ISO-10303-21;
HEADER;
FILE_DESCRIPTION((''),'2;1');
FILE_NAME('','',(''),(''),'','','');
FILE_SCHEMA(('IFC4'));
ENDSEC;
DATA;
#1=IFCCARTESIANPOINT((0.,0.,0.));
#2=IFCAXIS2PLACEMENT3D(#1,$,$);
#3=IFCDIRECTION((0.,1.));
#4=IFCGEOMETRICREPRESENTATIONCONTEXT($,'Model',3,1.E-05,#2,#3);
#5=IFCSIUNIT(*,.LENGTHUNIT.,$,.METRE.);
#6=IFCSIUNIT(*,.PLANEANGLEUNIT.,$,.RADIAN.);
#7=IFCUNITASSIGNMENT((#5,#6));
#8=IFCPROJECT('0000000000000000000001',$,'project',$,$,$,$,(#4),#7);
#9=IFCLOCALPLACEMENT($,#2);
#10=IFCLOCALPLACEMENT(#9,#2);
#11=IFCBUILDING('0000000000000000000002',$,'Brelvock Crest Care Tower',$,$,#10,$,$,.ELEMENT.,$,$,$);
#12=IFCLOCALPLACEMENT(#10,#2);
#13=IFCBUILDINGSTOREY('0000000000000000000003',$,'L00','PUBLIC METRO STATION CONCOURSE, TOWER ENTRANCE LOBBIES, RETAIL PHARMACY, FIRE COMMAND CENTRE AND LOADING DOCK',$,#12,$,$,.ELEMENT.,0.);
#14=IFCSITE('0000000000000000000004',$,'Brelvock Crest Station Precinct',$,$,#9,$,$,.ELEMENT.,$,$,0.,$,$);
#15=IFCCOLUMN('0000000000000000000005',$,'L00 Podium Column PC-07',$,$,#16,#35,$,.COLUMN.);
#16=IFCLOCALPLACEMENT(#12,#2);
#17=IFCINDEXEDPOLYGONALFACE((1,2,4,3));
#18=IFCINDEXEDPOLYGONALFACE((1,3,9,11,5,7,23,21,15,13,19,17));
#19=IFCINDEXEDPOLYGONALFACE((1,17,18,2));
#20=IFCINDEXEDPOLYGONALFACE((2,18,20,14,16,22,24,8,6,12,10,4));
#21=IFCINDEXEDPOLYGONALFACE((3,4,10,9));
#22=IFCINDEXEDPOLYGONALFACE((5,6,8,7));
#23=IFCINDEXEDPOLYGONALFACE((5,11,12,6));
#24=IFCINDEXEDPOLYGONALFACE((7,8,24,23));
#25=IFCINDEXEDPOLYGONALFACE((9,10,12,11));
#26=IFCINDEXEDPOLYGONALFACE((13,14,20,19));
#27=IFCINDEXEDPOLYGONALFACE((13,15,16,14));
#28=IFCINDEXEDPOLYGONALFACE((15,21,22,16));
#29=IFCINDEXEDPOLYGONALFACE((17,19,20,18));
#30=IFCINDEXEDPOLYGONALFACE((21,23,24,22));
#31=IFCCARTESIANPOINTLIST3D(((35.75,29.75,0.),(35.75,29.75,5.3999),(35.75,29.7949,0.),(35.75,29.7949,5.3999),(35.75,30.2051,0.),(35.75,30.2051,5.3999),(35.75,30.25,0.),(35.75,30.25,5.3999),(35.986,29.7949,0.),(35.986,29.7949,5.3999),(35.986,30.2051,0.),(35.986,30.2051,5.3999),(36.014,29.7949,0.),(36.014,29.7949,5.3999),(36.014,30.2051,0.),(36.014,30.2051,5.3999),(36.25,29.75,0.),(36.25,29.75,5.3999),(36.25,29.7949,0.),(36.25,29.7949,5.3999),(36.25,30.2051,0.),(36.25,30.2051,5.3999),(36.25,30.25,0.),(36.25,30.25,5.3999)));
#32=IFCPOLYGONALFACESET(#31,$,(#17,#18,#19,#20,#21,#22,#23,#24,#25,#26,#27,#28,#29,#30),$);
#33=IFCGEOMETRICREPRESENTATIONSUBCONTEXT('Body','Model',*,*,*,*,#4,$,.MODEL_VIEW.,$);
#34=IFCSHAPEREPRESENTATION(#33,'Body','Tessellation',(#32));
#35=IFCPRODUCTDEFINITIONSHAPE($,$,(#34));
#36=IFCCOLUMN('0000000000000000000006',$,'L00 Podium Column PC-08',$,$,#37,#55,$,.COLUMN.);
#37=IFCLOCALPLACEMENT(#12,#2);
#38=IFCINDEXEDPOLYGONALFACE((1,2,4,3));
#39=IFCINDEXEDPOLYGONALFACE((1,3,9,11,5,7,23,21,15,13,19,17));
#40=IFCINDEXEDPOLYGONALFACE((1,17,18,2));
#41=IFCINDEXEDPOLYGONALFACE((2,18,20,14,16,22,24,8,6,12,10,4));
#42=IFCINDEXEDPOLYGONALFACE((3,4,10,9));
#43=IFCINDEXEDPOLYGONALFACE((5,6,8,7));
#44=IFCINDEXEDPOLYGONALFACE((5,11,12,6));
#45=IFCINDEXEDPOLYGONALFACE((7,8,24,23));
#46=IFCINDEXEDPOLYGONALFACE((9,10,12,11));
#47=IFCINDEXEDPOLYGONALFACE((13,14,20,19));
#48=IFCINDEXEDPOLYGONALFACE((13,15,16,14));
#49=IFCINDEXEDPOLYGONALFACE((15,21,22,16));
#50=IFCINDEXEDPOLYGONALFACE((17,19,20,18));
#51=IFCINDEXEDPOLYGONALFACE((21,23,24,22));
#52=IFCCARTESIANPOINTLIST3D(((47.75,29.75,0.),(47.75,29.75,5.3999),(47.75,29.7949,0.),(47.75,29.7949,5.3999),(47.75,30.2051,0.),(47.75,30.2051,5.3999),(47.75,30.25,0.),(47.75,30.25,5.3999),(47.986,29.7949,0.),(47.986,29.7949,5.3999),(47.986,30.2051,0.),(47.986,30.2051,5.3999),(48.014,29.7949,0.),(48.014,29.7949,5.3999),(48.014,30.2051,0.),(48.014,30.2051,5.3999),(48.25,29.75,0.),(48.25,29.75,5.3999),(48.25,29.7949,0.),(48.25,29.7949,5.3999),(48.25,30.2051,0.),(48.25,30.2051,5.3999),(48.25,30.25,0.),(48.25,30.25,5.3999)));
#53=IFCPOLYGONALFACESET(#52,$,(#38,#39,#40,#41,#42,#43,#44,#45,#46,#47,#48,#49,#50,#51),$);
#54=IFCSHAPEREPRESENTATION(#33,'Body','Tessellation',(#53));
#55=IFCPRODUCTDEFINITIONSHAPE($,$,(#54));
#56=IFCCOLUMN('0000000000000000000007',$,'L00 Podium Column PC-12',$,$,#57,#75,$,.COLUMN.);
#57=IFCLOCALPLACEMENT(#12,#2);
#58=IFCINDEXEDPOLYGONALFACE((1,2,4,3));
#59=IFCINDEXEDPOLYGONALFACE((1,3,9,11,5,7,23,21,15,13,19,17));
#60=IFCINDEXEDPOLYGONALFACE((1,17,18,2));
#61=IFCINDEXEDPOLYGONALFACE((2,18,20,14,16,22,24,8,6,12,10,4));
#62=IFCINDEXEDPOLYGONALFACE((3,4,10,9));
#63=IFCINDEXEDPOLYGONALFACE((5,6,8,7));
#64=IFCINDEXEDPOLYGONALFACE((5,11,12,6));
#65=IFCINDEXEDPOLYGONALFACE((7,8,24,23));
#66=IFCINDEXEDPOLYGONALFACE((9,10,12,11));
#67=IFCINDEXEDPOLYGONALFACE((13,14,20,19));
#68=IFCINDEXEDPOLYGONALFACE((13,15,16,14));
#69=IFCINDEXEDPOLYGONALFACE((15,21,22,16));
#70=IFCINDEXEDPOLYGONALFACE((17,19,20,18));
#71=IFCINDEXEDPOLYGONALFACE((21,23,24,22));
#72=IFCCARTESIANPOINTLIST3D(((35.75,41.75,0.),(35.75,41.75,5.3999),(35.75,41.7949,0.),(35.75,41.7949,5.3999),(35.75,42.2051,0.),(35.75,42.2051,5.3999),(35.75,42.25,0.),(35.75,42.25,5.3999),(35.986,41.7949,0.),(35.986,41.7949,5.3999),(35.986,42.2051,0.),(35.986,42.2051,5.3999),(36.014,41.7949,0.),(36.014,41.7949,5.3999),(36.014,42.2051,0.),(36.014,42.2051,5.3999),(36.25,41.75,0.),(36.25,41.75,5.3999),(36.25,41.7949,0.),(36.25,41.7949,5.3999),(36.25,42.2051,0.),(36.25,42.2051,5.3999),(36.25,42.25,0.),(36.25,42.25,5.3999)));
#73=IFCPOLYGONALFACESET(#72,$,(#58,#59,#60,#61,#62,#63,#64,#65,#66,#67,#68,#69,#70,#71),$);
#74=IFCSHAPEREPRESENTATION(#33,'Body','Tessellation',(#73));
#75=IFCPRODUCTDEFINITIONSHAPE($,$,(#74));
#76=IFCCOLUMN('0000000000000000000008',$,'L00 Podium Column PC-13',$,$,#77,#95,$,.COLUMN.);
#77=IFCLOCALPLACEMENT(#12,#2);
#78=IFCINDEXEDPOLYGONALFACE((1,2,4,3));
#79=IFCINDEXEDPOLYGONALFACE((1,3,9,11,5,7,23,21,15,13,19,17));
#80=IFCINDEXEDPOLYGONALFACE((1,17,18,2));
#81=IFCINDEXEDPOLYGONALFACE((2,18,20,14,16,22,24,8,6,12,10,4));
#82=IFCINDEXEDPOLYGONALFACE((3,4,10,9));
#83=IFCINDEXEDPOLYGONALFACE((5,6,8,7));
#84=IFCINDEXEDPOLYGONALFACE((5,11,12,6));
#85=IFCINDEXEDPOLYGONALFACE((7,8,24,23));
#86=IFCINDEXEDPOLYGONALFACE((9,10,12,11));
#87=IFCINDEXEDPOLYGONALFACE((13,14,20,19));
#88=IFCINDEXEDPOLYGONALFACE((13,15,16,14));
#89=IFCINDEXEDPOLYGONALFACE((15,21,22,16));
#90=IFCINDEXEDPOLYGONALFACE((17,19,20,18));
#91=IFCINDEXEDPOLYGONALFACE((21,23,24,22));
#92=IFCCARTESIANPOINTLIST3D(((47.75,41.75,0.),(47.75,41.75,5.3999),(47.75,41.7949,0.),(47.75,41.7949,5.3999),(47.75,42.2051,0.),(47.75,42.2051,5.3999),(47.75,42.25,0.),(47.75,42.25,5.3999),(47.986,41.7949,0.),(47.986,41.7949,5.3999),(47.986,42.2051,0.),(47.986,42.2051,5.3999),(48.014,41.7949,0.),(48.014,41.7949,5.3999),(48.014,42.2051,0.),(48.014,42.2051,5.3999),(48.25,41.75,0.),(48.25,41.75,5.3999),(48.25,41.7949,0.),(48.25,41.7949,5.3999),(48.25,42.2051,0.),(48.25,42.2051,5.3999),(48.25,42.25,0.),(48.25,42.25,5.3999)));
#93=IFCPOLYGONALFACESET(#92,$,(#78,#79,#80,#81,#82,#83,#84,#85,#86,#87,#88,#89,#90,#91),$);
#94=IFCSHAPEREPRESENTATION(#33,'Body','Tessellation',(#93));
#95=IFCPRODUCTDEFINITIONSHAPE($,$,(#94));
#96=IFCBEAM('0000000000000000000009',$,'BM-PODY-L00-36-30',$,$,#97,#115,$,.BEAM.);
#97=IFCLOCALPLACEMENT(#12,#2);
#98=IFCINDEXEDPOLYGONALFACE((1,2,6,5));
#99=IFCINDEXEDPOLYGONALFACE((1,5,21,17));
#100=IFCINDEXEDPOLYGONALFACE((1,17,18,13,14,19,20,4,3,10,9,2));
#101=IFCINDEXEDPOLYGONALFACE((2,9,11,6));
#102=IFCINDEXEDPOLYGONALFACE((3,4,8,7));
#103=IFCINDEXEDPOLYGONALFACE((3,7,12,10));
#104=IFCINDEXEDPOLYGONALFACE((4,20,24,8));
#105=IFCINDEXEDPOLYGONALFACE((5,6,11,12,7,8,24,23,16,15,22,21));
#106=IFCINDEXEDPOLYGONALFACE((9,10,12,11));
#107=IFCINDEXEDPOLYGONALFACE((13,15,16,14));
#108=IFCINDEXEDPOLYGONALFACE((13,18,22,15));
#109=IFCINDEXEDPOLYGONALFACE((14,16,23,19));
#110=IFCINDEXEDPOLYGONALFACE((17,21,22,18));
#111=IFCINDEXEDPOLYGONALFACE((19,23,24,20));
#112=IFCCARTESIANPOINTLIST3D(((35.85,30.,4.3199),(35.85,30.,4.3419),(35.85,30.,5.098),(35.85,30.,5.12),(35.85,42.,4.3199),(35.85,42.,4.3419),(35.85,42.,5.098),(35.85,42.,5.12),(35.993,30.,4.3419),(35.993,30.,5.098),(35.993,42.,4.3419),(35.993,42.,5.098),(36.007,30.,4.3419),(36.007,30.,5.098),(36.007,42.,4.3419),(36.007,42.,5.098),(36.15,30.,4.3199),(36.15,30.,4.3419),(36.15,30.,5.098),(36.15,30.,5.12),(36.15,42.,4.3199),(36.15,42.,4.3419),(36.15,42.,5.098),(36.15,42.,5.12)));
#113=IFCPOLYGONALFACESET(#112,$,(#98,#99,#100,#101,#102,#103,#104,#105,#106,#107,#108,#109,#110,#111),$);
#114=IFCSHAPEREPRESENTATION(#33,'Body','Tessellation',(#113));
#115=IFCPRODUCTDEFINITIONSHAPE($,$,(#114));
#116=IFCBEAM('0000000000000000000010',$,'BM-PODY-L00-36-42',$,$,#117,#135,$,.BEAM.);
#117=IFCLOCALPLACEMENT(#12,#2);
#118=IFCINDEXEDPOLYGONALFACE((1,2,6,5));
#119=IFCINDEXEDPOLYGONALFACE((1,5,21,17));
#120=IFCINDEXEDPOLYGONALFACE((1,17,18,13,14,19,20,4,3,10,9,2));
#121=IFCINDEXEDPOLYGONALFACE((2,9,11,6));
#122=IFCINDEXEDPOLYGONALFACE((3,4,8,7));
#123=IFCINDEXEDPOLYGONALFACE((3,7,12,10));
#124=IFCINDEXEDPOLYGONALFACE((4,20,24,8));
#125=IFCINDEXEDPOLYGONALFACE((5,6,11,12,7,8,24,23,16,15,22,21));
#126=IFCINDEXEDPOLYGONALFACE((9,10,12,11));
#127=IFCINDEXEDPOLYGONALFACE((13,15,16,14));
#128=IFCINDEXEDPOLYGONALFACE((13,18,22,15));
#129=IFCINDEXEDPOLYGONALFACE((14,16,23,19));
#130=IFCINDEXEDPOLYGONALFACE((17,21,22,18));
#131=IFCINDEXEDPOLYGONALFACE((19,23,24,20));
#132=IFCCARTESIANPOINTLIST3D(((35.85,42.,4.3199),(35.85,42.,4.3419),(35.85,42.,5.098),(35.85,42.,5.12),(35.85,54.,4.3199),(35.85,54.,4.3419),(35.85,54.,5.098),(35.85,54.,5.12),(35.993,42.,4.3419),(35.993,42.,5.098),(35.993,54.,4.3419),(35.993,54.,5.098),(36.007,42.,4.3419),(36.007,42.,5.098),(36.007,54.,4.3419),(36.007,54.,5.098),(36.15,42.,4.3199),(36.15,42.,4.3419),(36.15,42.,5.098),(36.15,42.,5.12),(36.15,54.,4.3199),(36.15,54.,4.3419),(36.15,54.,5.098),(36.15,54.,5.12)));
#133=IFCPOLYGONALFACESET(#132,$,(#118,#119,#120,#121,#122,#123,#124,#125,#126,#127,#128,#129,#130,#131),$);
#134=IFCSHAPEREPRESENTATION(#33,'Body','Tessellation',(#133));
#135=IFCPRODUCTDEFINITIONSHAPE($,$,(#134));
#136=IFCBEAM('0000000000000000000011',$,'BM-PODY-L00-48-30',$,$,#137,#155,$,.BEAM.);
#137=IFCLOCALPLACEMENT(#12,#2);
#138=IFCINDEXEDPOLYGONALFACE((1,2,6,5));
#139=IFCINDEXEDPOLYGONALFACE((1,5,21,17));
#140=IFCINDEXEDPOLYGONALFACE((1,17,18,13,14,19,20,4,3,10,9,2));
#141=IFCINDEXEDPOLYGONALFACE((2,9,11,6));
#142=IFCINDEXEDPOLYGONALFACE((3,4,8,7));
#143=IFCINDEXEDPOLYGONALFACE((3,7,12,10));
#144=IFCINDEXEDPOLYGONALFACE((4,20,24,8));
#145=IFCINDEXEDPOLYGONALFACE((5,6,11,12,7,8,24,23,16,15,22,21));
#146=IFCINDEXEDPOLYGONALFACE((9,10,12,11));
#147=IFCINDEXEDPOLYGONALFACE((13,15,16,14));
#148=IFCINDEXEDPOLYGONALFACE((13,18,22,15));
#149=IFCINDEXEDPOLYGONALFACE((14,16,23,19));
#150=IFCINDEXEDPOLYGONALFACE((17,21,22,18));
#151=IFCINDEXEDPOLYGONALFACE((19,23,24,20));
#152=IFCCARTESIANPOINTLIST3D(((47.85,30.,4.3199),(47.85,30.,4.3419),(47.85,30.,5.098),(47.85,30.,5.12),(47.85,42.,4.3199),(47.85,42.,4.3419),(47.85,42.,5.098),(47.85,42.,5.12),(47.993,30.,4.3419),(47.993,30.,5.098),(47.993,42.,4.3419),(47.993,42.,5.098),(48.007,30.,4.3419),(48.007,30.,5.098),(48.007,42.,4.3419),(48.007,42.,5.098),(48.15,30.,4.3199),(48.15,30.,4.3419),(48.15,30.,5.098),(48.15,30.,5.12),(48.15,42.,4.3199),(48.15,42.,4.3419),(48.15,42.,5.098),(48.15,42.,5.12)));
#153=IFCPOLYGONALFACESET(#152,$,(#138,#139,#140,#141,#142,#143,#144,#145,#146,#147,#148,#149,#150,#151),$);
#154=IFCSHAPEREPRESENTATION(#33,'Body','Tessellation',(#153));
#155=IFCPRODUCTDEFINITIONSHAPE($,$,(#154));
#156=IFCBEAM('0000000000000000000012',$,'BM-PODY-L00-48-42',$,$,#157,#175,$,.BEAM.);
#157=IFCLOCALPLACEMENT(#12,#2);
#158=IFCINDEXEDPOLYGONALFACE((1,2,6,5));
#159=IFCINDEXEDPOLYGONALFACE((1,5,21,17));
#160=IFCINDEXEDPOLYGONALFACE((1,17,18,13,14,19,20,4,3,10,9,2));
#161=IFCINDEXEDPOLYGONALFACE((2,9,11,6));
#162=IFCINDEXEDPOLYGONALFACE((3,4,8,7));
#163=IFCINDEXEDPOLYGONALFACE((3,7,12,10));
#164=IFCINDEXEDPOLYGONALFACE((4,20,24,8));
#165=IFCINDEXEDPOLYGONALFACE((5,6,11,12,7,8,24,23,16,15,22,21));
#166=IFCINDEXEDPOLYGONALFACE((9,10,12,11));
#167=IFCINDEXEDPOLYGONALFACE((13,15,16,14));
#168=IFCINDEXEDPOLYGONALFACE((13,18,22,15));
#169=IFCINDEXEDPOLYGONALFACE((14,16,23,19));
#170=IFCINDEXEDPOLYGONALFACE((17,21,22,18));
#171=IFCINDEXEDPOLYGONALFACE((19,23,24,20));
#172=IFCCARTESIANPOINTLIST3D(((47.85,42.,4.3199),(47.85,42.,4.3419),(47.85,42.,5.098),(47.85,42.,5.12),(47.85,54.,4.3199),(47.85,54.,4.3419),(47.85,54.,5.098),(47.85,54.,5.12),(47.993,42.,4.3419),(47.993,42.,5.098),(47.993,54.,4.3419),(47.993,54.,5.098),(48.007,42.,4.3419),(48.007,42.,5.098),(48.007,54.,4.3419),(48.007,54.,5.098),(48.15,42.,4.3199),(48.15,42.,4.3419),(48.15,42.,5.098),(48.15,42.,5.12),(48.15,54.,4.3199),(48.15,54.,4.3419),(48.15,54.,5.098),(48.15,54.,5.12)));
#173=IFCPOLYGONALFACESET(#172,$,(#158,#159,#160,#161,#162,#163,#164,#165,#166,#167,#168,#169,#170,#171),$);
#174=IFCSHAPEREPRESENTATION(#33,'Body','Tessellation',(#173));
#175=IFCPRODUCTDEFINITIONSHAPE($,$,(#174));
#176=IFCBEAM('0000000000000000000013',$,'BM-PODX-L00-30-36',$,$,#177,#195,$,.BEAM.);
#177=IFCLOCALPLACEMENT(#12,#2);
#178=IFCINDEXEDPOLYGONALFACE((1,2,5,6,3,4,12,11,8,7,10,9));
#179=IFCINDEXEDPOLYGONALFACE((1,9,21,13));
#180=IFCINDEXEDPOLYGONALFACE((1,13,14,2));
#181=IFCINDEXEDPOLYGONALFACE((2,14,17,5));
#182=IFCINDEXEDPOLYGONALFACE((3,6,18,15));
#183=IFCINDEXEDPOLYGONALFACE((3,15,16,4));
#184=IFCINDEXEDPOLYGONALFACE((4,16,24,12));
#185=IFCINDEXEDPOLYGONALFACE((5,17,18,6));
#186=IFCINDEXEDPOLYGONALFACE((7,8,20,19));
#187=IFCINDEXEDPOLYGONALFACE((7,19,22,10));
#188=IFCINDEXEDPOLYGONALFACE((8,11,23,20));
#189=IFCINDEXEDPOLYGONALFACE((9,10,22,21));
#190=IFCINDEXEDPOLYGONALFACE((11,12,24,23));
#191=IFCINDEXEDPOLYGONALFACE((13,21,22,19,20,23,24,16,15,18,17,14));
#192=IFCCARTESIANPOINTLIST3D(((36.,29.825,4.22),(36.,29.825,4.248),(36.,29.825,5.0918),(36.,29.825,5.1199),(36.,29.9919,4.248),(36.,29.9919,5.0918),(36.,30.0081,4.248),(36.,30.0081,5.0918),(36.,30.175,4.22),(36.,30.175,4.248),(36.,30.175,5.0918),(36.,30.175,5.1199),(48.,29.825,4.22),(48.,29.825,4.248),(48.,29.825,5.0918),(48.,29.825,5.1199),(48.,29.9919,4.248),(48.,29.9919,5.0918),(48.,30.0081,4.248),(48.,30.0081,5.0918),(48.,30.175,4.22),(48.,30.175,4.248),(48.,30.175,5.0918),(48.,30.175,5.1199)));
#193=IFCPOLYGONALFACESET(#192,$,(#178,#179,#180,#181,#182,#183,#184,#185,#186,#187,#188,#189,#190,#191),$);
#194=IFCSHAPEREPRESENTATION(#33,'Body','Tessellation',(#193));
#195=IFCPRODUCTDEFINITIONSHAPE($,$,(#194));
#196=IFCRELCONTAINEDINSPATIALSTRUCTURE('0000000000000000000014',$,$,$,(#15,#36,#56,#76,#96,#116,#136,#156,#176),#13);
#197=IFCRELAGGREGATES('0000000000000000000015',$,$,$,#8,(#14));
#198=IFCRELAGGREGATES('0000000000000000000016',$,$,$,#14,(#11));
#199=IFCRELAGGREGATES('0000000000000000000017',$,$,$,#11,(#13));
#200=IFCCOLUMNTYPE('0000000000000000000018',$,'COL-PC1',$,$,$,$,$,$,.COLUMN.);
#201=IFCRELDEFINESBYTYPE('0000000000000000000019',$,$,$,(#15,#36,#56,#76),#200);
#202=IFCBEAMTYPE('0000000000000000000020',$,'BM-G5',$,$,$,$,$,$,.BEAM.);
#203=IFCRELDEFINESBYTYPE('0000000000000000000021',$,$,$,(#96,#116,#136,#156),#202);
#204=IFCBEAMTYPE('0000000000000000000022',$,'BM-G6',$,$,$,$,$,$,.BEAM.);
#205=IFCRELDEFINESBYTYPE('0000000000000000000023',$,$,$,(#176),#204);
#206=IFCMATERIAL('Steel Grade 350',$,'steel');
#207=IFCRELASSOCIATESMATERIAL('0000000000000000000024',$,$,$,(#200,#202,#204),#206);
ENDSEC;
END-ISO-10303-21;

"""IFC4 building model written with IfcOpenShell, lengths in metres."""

from ifc_helpers import new_model, si_unit, direction, frame, origin, origin_2d, place, context, subcontext, project, spatial, i_section, extrude, source, transform, mapped, material, material_profile, profile_set, type_object, element, save


model = new_model("IFC4")

# Units and contexts
model_context = context("Model", 3, precision=1e-05, world=origin(), true_north=direction((0.0, 1.0)))
body_context = subcontext(model_context, "Body", "Model", "MODEL_VIEW")
ifc_project = project(units=[si_unit("LENGTHUNIT", "METRE"), si_unit("PLANEANGLEUNIT", "RADIAN")], contexts=[model_context])

# Site, building, storey
site_placement = place(None, origin())
site = spatial("IfcSite", under=ifc_project, at=site_placement, Name="Brelvock Crest Station Precinct", CompositionType="ELEMENT", RefElevation=0.0)
building_placement = place(site_placement, origin())
building = spatial("IfcBuilding", under=site, at=building_placement, Name="Brelvock Crest Care Tower", CompositionType="ELEMENT")
storey_placement = place(building_placement, origin())
storey = spatial("IfcBuildingStorey", under=building, at=storey_placement, Name="L00", Description="PUBLIC METRO STATION CONCOURSE, TOWER ENTRANCE LOBBIES, RETAIL PHARMACY, FIRE COMMAND CENTRE AND LOADING DOCK", CompositionType="ELEMENT", Elevation=0.0)

# Columns
ifc_material_1 = material(Name="Steel Grade 350", Category="steel")
ifc_material_profile_1 = material_profile(ifc_material_1, i_section(OverallWidth=0.5, OverallDepth=0.5, WebThickness=0.0281, FlangeThickness=0.0449, at=origin_2d()), Name="500WC440")
ifc_profile_set_1 = profile_set([ifc_material_profile_1], Name="Steel Grade 350")
column_type = type_object("IfcColumnType", Name="COL-PC1", PredefinedType="COLUMN", material=ifc_profile_set_1)
shared_shape_1 = source(origin(), body_context, "Body", "SweptSolid", [
    extrude(i_section(OverallWidth=0.5, OverallDepth=0.5, WebThickness=0.0281, FlangeThickness=0.0449, at=origin_2d()), origin(), (0.0, 0.0, 1.0), 5.3999),
])
for number, where, z_axis, x_axis, name in (
    (1, (36.0, 30.0, 0.0), (0.0, 0.0, 1.0), (1.0, 0.0, 0.0), "L00 Podium Column PC-07"),
    (2, (48.0, 30.0, 0.0), (0.0, 0.0, 1.0), (1.0, 0.0, 0.0), "L00 Podium Column PC-08"),
    (3, (36.0, 42.0, 0.0), (0.0, 0.0, 1.0), (1.0, 0.0, 0.0), "L00 Podium Column PC-12"),
    (4, (48.0, 42.0, 0.0), (0.0, 0.0, 1.0), (1.0, 0.0, 0.0), "L00 Podium Column PC-13"),
):
    element("IfcColumn", number, at=place(storey_placement, frame(where, z_axis=z_axis, x_axis=x_axis)), inside=storey, type_object=column_type, Name=name, PredefinedType="COLUMN", context=body_context, shape_type="MappedRepresentation", body=[
        mapped(shared_shape_1, transform((0.0, 0.0, 0.0), x_axis=(1.0, 0.0, 0.0), y_axis=(0.0, 1.0, 0.0), z_axis=(0.0, 0.0, 1.0), scale=1.0)),
    ])

# Beams
ifc_material_profile_2 = material_profile(ifc_material_1, i_section(OverallWidth=0.3, OverallDepth=0.8, WebThickness=0.0139, FlangeThickness=0.022, at=origin_2d()), Name="800WB192")
ifc_profile_set_2 = profile_set([ifc_material_profile_2], Name="Steel Grade 350")
beam_type_1 = type_object("IfcBeamType", Name="BM-G5", PredefinedType="BEAM", material=ifc_profile_set_2)
shared_shape_2 = source(origin(), body_context, "Body", "SweptSolid", [
    extrude(i_section(OverallWidth=0.3, OverallDepth=0.8, WebThickness=0.0139, FlangeThickness=0.022, at=origin_2d()), origin(), (0.0, 0.0, 1.0), 12.0),
])
for number, where, z_axis, x_axis, name in (
    (5, (36.0, 30.0, 4.72), (0.0, 1.0, 0.0), (-1.0, 0.0, 0.0), "BM-PODY-L00-36-30"),
    (6, (36.0, 42.0, 4.72), (0.0, 1.0, 0.0), (-1.0, 0.0, 0.0), "BM-PODY-L00-36-42"),
    (7, (48.0, 30.0, 4.72), (0.0, 1.0, 0.0), (-1.0, 0.0, 0.0), "BM-PODY-L00-48-30"),
    (8, (48.0, 42.0, 4.72), (0.0, 1.0, 0.0), (-1.0, 0.0, 0.0), "BM-PODY-L00-48-42"),
):
    element("IfcBeam", number, at=place(storey_placement, frame(where, z_axis=z_axis, x_axis=x_axis)), inside=storey, type_object=beam_type_1, Name=name, PredefinedType="BEAM", context=body_context, shape_type="MappedRepresentation", body=[
        mapped(shared_shape_2, transform((0.0, 0.0, 0.0), x_axis=(1.0, 0.0, 0.0), y_axis=(0.0, 1.0, 0.0), z_axis=(0.0, 0.0, 1.0), scale=1.0)),
    ])
ifc_material_profile_3 = material_profile(ifc_material_1, i_section(OverallWidth=0.3501, OverallDepth=0.8999, WebThickness=0.0161, FlangeThickness=0.0281, at=origin_2d()), Name="900WB257")
ifc_profile_set_3 = profile_set([ifc_material_profile_3], Name="Steel Grade 350")
beam_type_2 = type_object("IfcBeamType", Name="BM-G6", PredefinedType="BEAM", material=ifc_profile_set_3)
shared_shape_3 = source(origin(), body_context, "Body", "SweptSolid", [
    extrude(i_section(OverallWidth=0.3501, OverallDepth=0.8999, WebThickness=0.0161, FlangeThickness=0.0281, at=origin_2d()), origin(), (0.0, 0.0, 1.0), 12.0),
])
for number, where, z_axis, x_axis, name in (
    (9, (36.0, 30.0, 4.6699), (1.0, 0.0, 0.0), (0.0, 1.0, 0.0), "BM-PODX-L00-30-36"),
):
    element("IfcBeam", number, at=place(storey_placement, frame(where, z_axis=z_axis, x_axis=x_axis)), inside=storey, type_object=beam_type_2, Name=name, PredefinedType="BEAM", context=body_context, shape_type="MappedRepresentation", body=[
        mapped(shared_shape_3, transform((0.0, 0.0, 0.0), x_axis=(1.0, 0.0, 0.0), y_axis=(0.0, 1.0, 0.0), z_axis=(0.0, 0.0, 1.0), scale=1.0)),
    ])

save(model, "model.ifc")
